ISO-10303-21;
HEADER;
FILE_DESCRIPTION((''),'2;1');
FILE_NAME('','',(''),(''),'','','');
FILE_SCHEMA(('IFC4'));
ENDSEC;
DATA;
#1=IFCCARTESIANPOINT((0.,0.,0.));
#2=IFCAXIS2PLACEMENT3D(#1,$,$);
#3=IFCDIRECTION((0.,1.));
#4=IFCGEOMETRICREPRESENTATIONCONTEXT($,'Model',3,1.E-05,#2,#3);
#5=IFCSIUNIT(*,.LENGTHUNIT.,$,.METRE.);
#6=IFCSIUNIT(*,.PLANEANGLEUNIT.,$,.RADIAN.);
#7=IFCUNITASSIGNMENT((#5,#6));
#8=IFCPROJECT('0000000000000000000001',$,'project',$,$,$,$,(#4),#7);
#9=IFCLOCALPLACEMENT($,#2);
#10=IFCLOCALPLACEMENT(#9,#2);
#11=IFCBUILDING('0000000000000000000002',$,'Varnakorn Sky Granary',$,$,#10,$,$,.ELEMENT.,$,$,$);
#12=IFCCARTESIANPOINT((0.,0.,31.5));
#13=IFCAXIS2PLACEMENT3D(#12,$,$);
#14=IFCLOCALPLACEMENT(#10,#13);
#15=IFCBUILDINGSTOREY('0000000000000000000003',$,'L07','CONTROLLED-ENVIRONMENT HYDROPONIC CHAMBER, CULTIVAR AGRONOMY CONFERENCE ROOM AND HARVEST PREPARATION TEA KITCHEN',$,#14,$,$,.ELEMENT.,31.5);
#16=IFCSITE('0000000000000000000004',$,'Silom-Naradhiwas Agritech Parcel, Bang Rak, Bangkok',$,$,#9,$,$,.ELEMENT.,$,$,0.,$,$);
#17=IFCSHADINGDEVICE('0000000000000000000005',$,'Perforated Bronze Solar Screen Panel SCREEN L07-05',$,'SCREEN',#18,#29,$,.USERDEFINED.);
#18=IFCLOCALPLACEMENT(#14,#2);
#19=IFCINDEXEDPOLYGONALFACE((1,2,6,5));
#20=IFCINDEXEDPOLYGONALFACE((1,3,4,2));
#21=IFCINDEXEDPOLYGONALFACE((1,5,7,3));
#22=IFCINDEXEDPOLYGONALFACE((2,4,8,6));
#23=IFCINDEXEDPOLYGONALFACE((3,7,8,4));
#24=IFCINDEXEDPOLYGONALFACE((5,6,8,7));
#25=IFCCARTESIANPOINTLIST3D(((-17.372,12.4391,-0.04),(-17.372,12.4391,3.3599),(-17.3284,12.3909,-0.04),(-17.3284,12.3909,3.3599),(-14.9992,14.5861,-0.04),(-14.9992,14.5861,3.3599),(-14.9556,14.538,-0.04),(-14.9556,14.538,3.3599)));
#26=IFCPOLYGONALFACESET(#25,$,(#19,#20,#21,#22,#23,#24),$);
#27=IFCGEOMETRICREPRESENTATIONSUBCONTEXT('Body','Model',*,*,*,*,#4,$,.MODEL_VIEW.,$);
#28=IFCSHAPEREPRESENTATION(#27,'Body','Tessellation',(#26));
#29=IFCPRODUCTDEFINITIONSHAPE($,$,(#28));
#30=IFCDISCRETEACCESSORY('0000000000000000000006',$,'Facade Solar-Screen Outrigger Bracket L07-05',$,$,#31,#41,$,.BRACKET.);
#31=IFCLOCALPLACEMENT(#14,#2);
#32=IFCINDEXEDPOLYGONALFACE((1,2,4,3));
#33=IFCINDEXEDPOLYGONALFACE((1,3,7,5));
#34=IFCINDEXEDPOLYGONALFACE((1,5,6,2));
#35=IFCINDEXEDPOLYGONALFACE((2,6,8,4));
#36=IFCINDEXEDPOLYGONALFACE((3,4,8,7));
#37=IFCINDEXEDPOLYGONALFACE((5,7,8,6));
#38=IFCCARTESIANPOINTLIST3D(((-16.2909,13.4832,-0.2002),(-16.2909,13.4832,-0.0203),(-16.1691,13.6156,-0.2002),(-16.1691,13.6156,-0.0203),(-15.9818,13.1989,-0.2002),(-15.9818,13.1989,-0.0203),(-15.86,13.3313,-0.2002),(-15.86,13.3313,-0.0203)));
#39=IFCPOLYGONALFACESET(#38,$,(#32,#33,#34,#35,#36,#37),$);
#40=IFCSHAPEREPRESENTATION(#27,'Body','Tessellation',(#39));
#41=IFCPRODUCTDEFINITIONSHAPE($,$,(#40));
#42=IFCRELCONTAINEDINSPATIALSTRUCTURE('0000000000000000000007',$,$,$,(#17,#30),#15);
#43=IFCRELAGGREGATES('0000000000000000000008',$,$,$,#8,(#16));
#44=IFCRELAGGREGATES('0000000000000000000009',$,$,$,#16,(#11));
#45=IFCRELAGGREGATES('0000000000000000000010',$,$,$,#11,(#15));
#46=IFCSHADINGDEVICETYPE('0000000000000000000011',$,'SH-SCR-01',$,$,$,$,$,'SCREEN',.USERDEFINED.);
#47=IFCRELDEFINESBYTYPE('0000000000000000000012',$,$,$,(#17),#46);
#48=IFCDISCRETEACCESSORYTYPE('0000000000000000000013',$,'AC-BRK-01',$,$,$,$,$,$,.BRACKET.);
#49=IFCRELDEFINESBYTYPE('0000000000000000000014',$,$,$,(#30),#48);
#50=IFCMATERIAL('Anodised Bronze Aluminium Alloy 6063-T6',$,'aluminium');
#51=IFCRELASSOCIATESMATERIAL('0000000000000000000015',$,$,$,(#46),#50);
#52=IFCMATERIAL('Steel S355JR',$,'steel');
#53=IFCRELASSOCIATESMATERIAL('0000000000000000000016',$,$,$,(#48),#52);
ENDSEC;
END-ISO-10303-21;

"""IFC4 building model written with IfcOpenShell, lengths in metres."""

from ifc_helpers import new_model, si_unit, direction, frame, origin, origin_2d, place, context, subcontext, project, spatial, rectangle, extrude, source, transform, mapped, material, type_object, type_shapes, element, save


model = new_model("IFC4")

# Units and contexts
model_context = context("Model", 3, precision=1e-05, world=origin(), true_north=direction((0.0, 1.0)))
body_context = subcontext(model_context, "Body", "Model", "MODEL_VIEW")
ifc_project = project(units=[si_unit("LENGTHUNIT", "METRE"), si_unit("PLANEANGLEUNIT", "RADIAN")], contexts=[model_context])

# Site, building, storey
site_placement = place(None, origin())
site = spatial("IfcSite", under=ifc_project, at=site_placement, Name="Silom-Naradhiwas Agritech Parcel, Bang Rak, Bangkok", CompositionType="ELEMENT", RefElevation=0.0)
building_placement = place(site_placement, origin())
building = spatial("IfcBuilding", under=site, at=building_placement, Name="Varnakorn Sky Granary", CompositionType="ELEMENT")
storey_placement = place(building_placement, frame((0.0, 0.0, 31.5)))
storey = spatial("IfcBuildingStorey", under=building, at=storey_placement, Name="L07", Description="CONTROLLED-ENVIRONMENT HYDROPONIC CHAMBER, CULTIVAR AGRONOMY CONFERENCE ROOM AND HARVEST PREPARATION TEA KITCHEN", CompositionType="ELEMENT", Elevation=31.5)

# Shared definitions
ifc_material_1 = material(Name="Steel S355JR", Category="steel")

# Shared definitions
ifc_material_2 = material(Name="Anodised Bronze Aluminium Alloy 6063-T6", Category="aluminium")

# Shading device
shading_device_type = type_object("IfcShadingDeviceType", Name="SH-SCR-01", ElementType="SCREEN", PredefinedType="USERDEFINED", material=ifc_material_2)
shared_shape_1 = source(origin(), body_context, "Body", "SweptSolid", [
    extrude(rectangle(XDim=3.2, YDim=0.0649, at=origin_2d()), origin(), (0.0, 0.0, 1.0), 3.3999),
])
type_shapes(shading_device_type, [shared_shape_1])
shading_device_placement = place(storey_placement, frame((-16.1638, 13.4885, -0.04), z_axis=(0.0, 0.0, 1.0), x_axis=(-0.741502, -0.670951, 0.0)))
element("IfcShadingDevice", 1, at=shading_device_placement, inside=storey, type_object=shading_device_type, Name="Perforated Bronze Solar Screen Panel SCREEN L07-05", ObjectType="SCREEN", PredefinedType="USERDEFINED", context=body_context, shape_type="MappedRepresentation", body=[
    mapped(shared_shape_1, transform((0.0, 0.0, 0.0), x_axis=(1.0, 0.0, 0.0), y_axis=(0.0, 1.0, 0.0), z_axis=(0.0, 0.0, 1.0), scale=1.0)),
])

# Discrete accessory
discrete_accessory_type = type_object("IfcDiscreteAccessoryType", Name="AC-BRK-01", PredefinedType="BRACKET", material=ifc_material_1)
shared_shape_2 = source(origin(), body_context, "Body", "SweptSolid", [
    extrude(rectangle(XDim=0.1799, YDim=0.4199, at=origin_2d()), origin(), (0.0, 0.0, 1.0), 0.1799),
])
type_shapes(discrete_accessory_type, [shared_shape_2])
discrete_accessory_placement = place(storey_placement, frame((-16.0754, 13.4072, -0.2002), z_axis=(0.0, 0.0, 1.0), x_axis=(-0.676998, -0.735985, 0.0)))
element("IfcDiscreteAccessory", 2, at=discrete_accessory_placement, inside=storey, type_object=discrete_accessory_type, Name="Facade Solar-Screen Outrigger Bracket L07-05", PredefinedType="BRACKET", context=body_context, shape_type="MappedRepresentation", body=[
    mapped(shared_shape_2, transform((0.0, 0.0, 0.0), x_axis=(1.0, 0.0, 0.0), y_axis=(0.0, 1.0, 0.0), z_axis=(0.0, 0.0, 1.0), scale=1.0)),
])

save(model, "model.ifc")
